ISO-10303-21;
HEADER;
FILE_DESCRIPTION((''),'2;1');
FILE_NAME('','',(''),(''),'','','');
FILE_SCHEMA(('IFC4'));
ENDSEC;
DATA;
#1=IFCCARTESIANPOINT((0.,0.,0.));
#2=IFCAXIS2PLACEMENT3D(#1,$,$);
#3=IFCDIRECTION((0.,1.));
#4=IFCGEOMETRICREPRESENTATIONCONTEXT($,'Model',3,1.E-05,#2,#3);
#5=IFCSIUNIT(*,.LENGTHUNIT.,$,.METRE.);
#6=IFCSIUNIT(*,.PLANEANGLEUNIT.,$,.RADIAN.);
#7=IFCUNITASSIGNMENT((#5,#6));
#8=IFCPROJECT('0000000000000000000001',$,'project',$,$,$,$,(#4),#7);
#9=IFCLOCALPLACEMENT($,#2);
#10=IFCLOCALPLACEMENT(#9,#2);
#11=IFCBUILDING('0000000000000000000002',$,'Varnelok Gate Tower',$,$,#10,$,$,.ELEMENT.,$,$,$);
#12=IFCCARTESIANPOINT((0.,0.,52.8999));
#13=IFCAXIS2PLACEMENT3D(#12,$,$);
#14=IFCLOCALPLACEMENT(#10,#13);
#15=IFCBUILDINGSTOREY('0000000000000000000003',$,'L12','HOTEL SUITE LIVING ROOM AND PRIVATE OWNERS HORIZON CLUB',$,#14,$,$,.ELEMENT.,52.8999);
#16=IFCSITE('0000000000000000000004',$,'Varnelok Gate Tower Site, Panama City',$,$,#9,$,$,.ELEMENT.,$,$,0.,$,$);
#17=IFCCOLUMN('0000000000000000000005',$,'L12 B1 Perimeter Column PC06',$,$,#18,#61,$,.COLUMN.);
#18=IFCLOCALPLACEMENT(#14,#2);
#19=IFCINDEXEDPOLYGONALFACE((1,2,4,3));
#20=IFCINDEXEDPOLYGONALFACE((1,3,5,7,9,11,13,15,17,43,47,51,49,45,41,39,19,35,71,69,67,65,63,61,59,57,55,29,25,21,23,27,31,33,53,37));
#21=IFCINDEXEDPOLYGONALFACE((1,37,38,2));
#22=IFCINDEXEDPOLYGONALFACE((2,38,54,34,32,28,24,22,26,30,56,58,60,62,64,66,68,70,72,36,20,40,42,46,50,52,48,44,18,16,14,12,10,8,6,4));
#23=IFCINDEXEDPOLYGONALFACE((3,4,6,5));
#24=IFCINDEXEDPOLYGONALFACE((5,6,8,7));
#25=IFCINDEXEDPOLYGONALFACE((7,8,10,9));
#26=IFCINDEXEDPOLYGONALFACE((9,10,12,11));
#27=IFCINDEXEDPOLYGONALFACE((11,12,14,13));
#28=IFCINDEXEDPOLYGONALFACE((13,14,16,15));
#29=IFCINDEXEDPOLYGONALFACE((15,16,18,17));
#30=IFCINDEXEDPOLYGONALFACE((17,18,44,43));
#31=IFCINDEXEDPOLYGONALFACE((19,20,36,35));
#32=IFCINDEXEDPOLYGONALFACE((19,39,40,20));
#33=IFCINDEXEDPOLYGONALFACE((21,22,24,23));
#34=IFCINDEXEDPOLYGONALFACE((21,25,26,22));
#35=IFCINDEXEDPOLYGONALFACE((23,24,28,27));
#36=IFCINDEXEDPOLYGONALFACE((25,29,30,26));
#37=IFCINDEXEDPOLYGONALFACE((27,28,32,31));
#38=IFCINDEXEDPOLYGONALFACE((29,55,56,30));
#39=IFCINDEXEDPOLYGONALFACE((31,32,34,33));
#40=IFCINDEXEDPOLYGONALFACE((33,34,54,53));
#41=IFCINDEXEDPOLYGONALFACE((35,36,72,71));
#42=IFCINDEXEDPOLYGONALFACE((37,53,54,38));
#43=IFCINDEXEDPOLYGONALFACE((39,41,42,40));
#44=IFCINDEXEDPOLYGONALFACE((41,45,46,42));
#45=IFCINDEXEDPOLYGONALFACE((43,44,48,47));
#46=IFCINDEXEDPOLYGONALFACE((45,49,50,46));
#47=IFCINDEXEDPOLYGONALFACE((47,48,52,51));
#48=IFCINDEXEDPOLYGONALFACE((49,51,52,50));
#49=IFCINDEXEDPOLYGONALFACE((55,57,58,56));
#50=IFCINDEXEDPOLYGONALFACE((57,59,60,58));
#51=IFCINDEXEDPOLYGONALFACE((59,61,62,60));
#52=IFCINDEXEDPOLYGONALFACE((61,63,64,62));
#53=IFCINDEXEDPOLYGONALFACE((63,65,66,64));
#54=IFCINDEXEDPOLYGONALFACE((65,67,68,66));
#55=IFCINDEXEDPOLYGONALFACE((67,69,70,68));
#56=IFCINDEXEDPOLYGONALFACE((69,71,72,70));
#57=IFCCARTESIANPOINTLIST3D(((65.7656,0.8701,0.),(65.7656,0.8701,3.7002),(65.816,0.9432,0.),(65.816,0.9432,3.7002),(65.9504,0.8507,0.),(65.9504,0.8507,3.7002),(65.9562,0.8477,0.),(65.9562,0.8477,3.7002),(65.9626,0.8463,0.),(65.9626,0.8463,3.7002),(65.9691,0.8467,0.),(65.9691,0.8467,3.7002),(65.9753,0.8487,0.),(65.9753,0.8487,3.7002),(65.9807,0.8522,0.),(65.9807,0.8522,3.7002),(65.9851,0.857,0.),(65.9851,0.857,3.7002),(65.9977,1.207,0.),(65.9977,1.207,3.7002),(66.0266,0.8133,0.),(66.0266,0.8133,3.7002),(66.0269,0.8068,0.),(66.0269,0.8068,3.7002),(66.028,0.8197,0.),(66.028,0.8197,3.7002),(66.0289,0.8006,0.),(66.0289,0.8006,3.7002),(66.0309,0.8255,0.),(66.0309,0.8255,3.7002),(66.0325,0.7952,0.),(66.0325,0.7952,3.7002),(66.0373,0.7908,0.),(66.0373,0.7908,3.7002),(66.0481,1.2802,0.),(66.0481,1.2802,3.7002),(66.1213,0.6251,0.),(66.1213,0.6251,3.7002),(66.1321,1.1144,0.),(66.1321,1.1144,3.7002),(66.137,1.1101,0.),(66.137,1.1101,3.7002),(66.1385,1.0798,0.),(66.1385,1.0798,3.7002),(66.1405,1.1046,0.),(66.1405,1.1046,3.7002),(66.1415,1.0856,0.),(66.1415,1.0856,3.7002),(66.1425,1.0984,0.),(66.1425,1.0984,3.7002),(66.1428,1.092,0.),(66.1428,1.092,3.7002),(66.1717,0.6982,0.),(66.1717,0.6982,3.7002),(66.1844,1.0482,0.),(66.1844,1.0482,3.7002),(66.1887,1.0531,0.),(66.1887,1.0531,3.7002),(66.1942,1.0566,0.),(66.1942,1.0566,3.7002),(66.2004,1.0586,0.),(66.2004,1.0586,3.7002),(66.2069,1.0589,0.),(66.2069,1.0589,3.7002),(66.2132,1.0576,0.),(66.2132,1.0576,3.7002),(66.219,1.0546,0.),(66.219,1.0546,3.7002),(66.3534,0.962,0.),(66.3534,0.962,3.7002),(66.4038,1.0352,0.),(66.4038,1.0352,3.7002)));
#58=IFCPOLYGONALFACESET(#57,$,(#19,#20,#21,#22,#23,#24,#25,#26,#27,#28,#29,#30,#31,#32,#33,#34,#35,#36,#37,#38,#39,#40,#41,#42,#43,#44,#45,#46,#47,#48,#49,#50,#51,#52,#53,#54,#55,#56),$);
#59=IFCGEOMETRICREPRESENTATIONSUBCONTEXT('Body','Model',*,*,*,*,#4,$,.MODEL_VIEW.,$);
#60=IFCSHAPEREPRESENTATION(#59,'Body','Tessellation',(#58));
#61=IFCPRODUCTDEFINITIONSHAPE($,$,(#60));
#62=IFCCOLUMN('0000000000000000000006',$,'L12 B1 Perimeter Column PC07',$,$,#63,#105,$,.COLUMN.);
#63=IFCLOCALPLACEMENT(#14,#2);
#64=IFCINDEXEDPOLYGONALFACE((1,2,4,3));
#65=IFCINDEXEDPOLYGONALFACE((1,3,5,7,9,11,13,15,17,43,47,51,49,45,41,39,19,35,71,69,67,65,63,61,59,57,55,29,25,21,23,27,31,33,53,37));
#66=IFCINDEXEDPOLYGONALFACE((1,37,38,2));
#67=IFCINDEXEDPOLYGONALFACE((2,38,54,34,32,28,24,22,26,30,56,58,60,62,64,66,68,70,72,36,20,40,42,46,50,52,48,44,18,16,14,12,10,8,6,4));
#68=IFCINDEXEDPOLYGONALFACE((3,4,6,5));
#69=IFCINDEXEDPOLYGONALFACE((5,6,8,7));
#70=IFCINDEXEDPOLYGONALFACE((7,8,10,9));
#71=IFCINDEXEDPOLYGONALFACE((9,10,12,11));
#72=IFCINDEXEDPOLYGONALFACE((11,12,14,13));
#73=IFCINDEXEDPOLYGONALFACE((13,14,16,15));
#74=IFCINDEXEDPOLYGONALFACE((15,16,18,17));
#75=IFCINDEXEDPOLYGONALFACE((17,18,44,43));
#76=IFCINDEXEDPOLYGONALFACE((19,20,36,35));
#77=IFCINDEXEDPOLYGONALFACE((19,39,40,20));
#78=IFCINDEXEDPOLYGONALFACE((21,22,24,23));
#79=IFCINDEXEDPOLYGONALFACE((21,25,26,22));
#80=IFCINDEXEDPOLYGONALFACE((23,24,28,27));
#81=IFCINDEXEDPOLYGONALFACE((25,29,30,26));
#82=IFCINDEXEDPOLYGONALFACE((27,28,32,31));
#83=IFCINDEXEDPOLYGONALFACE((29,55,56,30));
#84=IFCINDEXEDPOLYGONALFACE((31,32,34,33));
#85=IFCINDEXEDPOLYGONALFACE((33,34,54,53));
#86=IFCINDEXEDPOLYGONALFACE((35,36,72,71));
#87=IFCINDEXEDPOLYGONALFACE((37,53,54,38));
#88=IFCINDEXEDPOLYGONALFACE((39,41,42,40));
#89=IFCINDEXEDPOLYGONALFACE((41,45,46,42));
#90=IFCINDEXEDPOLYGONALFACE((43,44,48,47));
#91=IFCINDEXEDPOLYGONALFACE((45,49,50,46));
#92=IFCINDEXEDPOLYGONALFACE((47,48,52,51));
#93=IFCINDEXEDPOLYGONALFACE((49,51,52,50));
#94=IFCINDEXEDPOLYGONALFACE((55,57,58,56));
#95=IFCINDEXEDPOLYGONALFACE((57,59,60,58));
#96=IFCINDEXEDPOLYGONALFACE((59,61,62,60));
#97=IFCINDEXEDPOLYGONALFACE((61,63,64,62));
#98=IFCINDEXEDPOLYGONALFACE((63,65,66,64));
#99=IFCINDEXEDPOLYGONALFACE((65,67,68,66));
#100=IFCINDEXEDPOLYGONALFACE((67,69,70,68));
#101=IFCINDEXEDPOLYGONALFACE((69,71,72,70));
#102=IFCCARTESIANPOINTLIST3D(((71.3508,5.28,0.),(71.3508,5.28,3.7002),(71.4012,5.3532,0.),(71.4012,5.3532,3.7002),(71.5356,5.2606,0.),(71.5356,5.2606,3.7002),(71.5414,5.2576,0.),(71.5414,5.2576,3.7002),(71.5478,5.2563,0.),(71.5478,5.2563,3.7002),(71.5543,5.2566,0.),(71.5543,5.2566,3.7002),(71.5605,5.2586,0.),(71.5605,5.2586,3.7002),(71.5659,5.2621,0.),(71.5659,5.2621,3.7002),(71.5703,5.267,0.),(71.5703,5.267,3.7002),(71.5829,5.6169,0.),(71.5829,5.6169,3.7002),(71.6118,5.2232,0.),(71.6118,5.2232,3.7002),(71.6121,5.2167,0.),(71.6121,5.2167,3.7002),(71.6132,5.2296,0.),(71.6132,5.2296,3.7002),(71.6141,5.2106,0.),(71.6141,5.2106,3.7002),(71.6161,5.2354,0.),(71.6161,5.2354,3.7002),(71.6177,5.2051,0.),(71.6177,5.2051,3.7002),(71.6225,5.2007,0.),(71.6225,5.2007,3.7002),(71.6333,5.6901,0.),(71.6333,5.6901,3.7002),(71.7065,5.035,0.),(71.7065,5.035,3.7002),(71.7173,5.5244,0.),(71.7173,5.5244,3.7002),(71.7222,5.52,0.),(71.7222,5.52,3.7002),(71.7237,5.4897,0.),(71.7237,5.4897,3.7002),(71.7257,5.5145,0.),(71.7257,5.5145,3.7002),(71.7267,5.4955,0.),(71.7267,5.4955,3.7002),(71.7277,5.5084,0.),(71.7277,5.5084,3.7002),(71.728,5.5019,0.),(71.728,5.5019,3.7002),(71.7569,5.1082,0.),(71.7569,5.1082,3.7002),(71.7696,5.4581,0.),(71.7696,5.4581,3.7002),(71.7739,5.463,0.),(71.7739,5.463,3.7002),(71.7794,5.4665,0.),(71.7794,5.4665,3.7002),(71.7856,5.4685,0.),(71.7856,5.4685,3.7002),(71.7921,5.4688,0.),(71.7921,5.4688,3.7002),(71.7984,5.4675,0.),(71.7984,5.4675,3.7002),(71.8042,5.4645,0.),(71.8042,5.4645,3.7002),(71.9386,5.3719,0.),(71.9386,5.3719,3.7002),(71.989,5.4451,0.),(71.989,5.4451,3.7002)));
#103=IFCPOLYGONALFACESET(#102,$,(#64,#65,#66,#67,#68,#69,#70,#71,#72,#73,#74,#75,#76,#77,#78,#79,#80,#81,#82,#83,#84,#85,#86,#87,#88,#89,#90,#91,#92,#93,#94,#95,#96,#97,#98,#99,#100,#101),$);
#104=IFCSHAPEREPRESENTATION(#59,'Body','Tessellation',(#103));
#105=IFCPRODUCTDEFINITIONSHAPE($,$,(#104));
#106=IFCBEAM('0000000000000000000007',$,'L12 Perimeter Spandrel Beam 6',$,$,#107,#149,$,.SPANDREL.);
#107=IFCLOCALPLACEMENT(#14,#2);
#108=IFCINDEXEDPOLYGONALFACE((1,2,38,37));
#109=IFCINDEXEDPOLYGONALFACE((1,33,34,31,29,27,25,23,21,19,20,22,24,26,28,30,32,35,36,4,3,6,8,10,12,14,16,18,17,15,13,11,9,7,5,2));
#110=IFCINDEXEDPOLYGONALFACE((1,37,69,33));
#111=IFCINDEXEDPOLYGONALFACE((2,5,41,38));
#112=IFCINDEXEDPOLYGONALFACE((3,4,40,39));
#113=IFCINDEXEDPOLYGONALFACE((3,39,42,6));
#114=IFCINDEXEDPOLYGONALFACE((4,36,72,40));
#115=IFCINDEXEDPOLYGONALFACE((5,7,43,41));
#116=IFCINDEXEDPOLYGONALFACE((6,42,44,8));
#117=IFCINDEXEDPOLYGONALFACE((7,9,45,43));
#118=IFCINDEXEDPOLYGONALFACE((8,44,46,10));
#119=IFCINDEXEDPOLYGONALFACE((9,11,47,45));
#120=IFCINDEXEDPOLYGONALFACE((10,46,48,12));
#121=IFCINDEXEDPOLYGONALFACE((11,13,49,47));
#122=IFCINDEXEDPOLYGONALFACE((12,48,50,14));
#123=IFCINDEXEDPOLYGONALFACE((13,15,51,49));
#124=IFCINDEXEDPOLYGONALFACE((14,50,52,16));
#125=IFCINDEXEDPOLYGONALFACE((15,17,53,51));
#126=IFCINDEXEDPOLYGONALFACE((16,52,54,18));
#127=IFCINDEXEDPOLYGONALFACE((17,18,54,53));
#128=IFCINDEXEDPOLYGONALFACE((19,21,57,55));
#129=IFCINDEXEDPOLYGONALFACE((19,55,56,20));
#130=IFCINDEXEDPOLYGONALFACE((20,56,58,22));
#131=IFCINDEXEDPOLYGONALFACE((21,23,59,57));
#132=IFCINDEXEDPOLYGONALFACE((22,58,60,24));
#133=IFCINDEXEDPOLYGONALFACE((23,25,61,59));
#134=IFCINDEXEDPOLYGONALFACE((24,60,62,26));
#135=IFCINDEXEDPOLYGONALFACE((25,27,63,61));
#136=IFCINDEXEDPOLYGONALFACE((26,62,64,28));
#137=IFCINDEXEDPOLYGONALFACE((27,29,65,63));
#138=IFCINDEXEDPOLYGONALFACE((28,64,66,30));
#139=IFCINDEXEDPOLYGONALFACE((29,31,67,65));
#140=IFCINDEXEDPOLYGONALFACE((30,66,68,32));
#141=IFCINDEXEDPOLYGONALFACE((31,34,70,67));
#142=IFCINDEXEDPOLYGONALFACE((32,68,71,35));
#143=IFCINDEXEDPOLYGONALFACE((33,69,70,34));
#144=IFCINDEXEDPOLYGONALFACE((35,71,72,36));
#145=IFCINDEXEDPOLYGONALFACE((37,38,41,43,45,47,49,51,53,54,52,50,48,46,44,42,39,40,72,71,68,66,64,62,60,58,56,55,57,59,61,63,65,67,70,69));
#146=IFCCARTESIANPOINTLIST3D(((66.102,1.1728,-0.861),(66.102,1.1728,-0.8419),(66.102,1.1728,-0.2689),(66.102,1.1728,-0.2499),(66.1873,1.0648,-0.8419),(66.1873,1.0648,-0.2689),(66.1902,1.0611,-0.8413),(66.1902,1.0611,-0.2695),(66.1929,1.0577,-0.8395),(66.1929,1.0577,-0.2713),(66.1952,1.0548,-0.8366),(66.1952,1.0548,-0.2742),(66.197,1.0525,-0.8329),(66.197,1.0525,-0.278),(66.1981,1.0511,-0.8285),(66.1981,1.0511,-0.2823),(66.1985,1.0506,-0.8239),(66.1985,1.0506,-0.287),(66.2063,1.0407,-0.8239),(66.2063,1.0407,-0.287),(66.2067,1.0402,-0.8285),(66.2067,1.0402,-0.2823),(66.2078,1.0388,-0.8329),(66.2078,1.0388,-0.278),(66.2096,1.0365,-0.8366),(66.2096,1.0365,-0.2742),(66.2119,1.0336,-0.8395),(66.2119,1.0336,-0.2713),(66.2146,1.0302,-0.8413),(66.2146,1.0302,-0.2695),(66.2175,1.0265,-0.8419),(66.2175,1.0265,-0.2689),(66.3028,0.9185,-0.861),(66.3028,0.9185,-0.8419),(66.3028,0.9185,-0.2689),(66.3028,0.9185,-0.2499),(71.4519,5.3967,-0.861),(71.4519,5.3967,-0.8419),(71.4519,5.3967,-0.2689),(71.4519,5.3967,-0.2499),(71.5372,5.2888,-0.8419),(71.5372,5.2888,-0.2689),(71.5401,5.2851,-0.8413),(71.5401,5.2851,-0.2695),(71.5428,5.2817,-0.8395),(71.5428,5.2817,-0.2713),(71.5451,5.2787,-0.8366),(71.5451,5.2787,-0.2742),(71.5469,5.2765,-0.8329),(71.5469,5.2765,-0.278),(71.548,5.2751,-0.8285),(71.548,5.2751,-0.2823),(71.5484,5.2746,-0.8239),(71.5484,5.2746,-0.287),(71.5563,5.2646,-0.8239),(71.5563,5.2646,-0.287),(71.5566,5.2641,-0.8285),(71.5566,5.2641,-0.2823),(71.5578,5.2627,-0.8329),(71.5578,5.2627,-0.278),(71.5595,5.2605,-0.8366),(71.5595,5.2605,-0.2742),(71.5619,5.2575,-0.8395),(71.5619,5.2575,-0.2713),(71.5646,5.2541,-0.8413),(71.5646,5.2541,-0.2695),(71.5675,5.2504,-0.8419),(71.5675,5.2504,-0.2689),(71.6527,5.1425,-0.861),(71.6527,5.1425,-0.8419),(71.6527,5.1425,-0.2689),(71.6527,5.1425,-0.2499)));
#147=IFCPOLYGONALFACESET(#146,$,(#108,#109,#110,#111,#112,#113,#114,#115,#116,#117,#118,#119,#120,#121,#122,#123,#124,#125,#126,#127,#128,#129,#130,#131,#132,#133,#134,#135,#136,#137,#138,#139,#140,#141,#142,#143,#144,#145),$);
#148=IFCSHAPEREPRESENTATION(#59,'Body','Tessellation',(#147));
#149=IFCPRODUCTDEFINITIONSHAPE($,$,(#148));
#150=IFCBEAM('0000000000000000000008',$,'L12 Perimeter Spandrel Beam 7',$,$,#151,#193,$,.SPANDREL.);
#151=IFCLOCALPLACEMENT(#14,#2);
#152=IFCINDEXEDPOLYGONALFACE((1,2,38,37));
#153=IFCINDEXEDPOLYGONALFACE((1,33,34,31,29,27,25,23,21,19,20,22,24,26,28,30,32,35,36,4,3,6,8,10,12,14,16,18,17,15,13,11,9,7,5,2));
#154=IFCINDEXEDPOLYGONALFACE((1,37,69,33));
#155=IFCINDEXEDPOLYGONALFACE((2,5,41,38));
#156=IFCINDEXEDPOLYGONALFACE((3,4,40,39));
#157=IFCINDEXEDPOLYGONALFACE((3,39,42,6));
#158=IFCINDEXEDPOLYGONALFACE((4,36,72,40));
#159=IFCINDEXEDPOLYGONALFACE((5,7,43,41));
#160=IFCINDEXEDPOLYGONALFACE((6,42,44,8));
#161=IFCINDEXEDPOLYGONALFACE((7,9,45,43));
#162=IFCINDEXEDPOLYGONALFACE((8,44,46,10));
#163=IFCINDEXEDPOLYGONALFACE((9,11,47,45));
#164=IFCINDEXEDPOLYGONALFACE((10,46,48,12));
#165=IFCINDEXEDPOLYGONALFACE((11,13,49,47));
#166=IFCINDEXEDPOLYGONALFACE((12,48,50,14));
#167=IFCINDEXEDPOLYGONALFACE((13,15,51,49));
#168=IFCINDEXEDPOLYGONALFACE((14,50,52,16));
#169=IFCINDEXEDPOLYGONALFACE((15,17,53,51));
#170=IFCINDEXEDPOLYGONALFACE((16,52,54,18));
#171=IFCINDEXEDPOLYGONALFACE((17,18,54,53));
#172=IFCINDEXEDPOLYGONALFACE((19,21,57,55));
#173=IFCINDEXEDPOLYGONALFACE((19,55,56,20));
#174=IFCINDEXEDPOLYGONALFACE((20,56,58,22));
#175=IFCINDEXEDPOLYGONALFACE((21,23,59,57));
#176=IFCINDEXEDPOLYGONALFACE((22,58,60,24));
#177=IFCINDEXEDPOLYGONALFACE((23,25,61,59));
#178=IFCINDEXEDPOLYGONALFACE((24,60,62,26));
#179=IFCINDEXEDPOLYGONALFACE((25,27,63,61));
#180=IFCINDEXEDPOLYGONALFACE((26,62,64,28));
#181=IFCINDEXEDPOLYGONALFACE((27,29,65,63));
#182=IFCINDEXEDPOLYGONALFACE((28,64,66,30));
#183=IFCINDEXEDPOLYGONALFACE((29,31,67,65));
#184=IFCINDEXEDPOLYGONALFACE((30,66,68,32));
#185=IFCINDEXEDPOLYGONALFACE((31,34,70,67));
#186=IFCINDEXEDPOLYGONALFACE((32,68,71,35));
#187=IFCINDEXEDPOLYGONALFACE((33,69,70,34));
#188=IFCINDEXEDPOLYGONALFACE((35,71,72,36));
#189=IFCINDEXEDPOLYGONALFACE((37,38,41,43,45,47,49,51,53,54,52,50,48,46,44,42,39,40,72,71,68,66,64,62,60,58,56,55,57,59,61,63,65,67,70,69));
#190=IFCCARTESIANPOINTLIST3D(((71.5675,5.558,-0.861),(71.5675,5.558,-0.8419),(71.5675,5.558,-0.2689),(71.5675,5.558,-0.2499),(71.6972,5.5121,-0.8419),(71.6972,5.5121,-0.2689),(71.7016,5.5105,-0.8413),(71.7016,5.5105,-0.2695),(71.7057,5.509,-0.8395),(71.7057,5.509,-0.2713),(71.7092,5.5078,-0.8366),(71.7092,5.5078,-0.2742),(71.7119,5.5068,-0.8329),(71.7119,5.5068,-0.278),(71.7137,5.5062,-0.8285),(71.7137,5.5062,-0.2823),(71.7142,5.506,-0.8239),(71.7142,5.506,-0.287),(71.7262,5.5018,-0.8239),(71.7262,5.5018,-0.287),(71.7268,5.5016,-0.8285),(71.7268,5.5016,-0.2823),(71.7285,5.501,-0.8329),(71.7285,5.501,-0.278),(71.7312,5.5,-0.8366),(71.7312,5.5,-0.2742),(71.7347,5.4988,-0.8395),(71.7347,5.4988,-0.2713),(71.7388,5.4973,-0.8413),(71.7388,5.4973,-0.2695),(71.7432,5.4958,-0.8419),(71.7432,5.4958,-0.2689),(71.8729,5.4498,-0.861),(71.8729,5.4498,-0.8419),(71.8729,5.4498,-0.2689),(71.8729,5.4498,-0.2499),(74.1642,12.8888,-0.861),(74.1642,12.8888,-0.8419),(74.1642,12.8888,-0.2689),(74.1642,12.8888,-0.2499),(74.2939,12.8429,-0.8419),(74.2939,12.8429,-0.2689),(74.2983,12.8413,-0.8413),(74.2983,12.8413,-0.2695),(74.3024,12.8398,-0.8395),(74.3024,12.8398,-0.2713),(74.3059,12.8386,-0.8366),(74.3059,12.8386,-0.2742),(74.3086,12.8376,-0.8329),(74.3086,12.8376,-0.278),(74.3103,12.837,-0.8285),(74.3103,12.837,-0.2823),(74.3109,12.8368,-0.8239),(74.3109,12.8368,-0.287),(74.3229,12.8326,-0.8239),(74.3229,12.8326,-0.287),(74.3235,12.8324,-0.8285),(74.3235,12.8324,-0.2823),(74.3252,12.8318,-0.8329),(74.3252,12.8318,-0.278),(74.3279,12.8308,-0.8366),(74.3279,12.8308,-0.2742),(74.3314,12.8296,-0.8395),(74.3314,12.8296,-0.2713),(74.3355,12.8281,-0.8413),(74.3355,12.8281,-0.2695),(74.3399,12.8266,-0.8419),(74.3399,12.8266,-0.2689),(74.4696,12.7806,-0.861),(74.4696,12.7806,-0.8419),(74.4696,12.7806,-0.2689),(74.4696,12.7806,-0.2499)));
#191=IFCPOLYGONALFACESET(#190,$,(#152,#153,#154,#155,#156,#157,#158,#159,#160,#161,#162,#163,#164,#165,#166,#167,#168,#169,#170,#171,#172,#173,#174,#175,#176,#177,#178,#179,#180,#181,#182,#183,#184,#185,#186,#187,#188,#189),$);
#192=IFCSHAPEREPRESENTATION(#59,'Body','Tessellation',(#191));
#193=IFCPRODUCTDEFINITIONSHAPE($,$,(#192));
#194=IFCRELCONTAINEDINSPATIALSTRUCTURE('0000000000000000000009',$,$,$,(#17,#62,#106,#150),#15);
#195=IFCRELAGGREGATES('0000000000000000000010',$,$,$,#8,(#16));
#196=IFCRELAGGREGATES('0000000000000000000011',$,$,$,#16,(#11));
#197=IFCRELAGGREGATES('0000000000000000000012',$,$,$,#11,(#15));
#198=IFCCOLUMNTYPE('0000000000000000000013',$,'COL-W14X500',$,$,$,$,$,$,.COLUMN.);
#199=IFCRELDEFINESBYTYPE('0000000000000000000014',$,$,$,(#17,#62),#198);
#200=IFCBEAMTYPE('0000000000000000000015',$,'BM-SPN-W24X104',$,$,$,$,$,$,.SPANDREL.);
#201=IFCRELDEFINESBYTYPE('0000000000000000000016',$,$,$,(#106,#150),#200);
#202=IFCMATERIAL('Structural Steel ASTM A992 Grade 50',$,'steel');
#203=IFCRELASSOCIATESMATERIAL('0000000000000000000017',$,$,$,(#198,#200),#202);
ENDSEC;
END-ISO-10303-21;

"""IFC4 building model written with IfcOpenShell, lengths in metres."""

from ifc_helpers import new_model, si_unit, direction, frame, origin, origin_2d, place, context, subcontext, project, spatial, i_section, extrude, material, material_profile, profile_set, type_object, element, save


model = new_model("IFC4")

# Units and contexts
model_context = context("Model", 3, precision=1e-05, world=origin(), true_north=direction((0.0, 1.0)))
body_context = subcontext(model_context, "Body", "Model", "MODEL_VIEW")
ifc_project = project(units=[si_unit("LENGTHUNIT", "METRE"), si_unit("PLANEANGLEUNIT", "RADIAN")], contexts=[model_context])

# Site, building, storey
site_placement = place(None, origin())
site = spatial("IfcSite", under=ifc_project, at=site_placement, Name="Varnelok Gate Tower Site, Panama City", CompositionType="ELEMENT", RefElevation=0.0)
building_placement = place(site_placement, origin())
building = spatial("IfcBuilding", under=site, at=building_placement, Name="Varnelok Gate Tower", CompositionType="ELEMENT")
storey_placement = place(building_placement, frame((0.0, 0.0, 52.8999)))
storey = spatial("IfcBuildingStorey", under=building, at=storey_placement, Name="L12", Description="HOTEL SUITE LIVING ROOM AND PRIVATE OWNERS HORIZON CLUB", CompositionType="ELEMENT", Elevation=52.8999)

# Columns
ifc_material_1 = material(Name="Structural Steel ASTM A992 Grade 50", Category="steel")
ifc_material_profile_1 = material_profile(ifc_material_1, i_section(OverallWidth=0.4319, OverallDepth=0.498, WebThickness=0.0557, FlangeThickness=0.0889, FilletRadius=0.0249, at=origin_2d()), Name="W14X500")
ifc_profile_set_1 = profile_set([ifc_material_profile_1], Name="Structural Steel ASTM A992 Grade 50")
column_type = type_object("IfcColumnType", Name="COL-W14X500", PredefinedType="COLUMN", material=ifc_profile_set_1)
for number, where, z_axis, x_axis, name in (
    (1, (66.0847, 0.9526, 0.0), (0.0, 0.0, 1.0), (0.823533, -0.567269, 0.0), "L12 B1 Perimeter Column PC06"),
    (2, (71.6699, 5.3625, 0.0), (0.0, 0.0, 1.0), (0.823533, -0.567269, 0.0), "L12 B1 Perimeter Column PC07"),
):
    element("IfcColumn", number, at=place(storey_placement, frame(where, z_axis=z_axis, x_axis=x_axis)), inside=storey, type_object=column_type, Name=name, PredefinedType="COLUMN", context=body_context, shape_type="SweptSolid", body=[
        extrude(i_section(OverallWidth=0.4319, OverallDepth=0.498, WebThickness=0.0557, FlangeThickness=0.0889, FilletRadius=0.0249, at=origin_2d()), origin(), (0.0, 0.0, 1.0), 3.7002),
    ])

# Beams
ifc_material_profile_2 = material_profile(ifc_material_1, i_section(OverallWidth=0.324, OverallDepth=0.6111, WebThickness=0.0127, FlangeThickness=0.019, FilletRadius=0.0181, at=origin_2d()), Name="W24X104")
ifc_profile_set_2 = profile_set([ifc_material_profile_2], Name="Structural Steel ASTM A992 Grade 50")
beam_type = type_object("IfcBeamType", Name="BM-SPN-W24X104", PredefinedType="SPANDREL", material=ifc_profile_set_2)
beam_1_placement = place(storey_placement, frame((66.2024, 1.0457, -0.5554), z_axis=(0.784861, 0.619672, 0.0), x_axis=(-0.619672, 0.784861, 0.0)))
element("IfcBeam", 3, at=beam_1_placement, inside=storey, type_object=beam_type, Name="L12 Perimeter Spandrel Beam 6", PredefinedType="SPANDREL", context=body_context, shape_type="SweptSolid", body=[
    extrude(i_section(OverallWidth=0.324, OverallDepth=0.6111, WebThickness=0.0127, FlangeThickness=0.019, FilletRadius=0.0181, at=origin_2d()), origin(), (0.0, 0.0, 1.0), 6.8164),
])
beam_2_placement = place(storey_placement, frame((71.7202, 5.5039, -0.5554), z_axis=(0.333887, 0.942613, 0.0), x_axis=(-0.942613, 0.333887, 0.0)))
element("IfcBeam", 4, at=beam_2_placement, inside=storey, type_object=beam_type, Name="L12 Perimeter Spandrel Beam 7", PredefinedType="SPANDREL", context=body_context, shape_type="SweptSolid", body=[
    extrude(i_section(OverallWidth=0.324, OverallDepth=0.6111, WebThickness=0.0127, FlangeThickness=0.019, FilletRadius=0.0181, at=origin_2d()), origin(), (0.0, 0.0, 1.0), 7.7771),
])

save(model, "model.ifc")
